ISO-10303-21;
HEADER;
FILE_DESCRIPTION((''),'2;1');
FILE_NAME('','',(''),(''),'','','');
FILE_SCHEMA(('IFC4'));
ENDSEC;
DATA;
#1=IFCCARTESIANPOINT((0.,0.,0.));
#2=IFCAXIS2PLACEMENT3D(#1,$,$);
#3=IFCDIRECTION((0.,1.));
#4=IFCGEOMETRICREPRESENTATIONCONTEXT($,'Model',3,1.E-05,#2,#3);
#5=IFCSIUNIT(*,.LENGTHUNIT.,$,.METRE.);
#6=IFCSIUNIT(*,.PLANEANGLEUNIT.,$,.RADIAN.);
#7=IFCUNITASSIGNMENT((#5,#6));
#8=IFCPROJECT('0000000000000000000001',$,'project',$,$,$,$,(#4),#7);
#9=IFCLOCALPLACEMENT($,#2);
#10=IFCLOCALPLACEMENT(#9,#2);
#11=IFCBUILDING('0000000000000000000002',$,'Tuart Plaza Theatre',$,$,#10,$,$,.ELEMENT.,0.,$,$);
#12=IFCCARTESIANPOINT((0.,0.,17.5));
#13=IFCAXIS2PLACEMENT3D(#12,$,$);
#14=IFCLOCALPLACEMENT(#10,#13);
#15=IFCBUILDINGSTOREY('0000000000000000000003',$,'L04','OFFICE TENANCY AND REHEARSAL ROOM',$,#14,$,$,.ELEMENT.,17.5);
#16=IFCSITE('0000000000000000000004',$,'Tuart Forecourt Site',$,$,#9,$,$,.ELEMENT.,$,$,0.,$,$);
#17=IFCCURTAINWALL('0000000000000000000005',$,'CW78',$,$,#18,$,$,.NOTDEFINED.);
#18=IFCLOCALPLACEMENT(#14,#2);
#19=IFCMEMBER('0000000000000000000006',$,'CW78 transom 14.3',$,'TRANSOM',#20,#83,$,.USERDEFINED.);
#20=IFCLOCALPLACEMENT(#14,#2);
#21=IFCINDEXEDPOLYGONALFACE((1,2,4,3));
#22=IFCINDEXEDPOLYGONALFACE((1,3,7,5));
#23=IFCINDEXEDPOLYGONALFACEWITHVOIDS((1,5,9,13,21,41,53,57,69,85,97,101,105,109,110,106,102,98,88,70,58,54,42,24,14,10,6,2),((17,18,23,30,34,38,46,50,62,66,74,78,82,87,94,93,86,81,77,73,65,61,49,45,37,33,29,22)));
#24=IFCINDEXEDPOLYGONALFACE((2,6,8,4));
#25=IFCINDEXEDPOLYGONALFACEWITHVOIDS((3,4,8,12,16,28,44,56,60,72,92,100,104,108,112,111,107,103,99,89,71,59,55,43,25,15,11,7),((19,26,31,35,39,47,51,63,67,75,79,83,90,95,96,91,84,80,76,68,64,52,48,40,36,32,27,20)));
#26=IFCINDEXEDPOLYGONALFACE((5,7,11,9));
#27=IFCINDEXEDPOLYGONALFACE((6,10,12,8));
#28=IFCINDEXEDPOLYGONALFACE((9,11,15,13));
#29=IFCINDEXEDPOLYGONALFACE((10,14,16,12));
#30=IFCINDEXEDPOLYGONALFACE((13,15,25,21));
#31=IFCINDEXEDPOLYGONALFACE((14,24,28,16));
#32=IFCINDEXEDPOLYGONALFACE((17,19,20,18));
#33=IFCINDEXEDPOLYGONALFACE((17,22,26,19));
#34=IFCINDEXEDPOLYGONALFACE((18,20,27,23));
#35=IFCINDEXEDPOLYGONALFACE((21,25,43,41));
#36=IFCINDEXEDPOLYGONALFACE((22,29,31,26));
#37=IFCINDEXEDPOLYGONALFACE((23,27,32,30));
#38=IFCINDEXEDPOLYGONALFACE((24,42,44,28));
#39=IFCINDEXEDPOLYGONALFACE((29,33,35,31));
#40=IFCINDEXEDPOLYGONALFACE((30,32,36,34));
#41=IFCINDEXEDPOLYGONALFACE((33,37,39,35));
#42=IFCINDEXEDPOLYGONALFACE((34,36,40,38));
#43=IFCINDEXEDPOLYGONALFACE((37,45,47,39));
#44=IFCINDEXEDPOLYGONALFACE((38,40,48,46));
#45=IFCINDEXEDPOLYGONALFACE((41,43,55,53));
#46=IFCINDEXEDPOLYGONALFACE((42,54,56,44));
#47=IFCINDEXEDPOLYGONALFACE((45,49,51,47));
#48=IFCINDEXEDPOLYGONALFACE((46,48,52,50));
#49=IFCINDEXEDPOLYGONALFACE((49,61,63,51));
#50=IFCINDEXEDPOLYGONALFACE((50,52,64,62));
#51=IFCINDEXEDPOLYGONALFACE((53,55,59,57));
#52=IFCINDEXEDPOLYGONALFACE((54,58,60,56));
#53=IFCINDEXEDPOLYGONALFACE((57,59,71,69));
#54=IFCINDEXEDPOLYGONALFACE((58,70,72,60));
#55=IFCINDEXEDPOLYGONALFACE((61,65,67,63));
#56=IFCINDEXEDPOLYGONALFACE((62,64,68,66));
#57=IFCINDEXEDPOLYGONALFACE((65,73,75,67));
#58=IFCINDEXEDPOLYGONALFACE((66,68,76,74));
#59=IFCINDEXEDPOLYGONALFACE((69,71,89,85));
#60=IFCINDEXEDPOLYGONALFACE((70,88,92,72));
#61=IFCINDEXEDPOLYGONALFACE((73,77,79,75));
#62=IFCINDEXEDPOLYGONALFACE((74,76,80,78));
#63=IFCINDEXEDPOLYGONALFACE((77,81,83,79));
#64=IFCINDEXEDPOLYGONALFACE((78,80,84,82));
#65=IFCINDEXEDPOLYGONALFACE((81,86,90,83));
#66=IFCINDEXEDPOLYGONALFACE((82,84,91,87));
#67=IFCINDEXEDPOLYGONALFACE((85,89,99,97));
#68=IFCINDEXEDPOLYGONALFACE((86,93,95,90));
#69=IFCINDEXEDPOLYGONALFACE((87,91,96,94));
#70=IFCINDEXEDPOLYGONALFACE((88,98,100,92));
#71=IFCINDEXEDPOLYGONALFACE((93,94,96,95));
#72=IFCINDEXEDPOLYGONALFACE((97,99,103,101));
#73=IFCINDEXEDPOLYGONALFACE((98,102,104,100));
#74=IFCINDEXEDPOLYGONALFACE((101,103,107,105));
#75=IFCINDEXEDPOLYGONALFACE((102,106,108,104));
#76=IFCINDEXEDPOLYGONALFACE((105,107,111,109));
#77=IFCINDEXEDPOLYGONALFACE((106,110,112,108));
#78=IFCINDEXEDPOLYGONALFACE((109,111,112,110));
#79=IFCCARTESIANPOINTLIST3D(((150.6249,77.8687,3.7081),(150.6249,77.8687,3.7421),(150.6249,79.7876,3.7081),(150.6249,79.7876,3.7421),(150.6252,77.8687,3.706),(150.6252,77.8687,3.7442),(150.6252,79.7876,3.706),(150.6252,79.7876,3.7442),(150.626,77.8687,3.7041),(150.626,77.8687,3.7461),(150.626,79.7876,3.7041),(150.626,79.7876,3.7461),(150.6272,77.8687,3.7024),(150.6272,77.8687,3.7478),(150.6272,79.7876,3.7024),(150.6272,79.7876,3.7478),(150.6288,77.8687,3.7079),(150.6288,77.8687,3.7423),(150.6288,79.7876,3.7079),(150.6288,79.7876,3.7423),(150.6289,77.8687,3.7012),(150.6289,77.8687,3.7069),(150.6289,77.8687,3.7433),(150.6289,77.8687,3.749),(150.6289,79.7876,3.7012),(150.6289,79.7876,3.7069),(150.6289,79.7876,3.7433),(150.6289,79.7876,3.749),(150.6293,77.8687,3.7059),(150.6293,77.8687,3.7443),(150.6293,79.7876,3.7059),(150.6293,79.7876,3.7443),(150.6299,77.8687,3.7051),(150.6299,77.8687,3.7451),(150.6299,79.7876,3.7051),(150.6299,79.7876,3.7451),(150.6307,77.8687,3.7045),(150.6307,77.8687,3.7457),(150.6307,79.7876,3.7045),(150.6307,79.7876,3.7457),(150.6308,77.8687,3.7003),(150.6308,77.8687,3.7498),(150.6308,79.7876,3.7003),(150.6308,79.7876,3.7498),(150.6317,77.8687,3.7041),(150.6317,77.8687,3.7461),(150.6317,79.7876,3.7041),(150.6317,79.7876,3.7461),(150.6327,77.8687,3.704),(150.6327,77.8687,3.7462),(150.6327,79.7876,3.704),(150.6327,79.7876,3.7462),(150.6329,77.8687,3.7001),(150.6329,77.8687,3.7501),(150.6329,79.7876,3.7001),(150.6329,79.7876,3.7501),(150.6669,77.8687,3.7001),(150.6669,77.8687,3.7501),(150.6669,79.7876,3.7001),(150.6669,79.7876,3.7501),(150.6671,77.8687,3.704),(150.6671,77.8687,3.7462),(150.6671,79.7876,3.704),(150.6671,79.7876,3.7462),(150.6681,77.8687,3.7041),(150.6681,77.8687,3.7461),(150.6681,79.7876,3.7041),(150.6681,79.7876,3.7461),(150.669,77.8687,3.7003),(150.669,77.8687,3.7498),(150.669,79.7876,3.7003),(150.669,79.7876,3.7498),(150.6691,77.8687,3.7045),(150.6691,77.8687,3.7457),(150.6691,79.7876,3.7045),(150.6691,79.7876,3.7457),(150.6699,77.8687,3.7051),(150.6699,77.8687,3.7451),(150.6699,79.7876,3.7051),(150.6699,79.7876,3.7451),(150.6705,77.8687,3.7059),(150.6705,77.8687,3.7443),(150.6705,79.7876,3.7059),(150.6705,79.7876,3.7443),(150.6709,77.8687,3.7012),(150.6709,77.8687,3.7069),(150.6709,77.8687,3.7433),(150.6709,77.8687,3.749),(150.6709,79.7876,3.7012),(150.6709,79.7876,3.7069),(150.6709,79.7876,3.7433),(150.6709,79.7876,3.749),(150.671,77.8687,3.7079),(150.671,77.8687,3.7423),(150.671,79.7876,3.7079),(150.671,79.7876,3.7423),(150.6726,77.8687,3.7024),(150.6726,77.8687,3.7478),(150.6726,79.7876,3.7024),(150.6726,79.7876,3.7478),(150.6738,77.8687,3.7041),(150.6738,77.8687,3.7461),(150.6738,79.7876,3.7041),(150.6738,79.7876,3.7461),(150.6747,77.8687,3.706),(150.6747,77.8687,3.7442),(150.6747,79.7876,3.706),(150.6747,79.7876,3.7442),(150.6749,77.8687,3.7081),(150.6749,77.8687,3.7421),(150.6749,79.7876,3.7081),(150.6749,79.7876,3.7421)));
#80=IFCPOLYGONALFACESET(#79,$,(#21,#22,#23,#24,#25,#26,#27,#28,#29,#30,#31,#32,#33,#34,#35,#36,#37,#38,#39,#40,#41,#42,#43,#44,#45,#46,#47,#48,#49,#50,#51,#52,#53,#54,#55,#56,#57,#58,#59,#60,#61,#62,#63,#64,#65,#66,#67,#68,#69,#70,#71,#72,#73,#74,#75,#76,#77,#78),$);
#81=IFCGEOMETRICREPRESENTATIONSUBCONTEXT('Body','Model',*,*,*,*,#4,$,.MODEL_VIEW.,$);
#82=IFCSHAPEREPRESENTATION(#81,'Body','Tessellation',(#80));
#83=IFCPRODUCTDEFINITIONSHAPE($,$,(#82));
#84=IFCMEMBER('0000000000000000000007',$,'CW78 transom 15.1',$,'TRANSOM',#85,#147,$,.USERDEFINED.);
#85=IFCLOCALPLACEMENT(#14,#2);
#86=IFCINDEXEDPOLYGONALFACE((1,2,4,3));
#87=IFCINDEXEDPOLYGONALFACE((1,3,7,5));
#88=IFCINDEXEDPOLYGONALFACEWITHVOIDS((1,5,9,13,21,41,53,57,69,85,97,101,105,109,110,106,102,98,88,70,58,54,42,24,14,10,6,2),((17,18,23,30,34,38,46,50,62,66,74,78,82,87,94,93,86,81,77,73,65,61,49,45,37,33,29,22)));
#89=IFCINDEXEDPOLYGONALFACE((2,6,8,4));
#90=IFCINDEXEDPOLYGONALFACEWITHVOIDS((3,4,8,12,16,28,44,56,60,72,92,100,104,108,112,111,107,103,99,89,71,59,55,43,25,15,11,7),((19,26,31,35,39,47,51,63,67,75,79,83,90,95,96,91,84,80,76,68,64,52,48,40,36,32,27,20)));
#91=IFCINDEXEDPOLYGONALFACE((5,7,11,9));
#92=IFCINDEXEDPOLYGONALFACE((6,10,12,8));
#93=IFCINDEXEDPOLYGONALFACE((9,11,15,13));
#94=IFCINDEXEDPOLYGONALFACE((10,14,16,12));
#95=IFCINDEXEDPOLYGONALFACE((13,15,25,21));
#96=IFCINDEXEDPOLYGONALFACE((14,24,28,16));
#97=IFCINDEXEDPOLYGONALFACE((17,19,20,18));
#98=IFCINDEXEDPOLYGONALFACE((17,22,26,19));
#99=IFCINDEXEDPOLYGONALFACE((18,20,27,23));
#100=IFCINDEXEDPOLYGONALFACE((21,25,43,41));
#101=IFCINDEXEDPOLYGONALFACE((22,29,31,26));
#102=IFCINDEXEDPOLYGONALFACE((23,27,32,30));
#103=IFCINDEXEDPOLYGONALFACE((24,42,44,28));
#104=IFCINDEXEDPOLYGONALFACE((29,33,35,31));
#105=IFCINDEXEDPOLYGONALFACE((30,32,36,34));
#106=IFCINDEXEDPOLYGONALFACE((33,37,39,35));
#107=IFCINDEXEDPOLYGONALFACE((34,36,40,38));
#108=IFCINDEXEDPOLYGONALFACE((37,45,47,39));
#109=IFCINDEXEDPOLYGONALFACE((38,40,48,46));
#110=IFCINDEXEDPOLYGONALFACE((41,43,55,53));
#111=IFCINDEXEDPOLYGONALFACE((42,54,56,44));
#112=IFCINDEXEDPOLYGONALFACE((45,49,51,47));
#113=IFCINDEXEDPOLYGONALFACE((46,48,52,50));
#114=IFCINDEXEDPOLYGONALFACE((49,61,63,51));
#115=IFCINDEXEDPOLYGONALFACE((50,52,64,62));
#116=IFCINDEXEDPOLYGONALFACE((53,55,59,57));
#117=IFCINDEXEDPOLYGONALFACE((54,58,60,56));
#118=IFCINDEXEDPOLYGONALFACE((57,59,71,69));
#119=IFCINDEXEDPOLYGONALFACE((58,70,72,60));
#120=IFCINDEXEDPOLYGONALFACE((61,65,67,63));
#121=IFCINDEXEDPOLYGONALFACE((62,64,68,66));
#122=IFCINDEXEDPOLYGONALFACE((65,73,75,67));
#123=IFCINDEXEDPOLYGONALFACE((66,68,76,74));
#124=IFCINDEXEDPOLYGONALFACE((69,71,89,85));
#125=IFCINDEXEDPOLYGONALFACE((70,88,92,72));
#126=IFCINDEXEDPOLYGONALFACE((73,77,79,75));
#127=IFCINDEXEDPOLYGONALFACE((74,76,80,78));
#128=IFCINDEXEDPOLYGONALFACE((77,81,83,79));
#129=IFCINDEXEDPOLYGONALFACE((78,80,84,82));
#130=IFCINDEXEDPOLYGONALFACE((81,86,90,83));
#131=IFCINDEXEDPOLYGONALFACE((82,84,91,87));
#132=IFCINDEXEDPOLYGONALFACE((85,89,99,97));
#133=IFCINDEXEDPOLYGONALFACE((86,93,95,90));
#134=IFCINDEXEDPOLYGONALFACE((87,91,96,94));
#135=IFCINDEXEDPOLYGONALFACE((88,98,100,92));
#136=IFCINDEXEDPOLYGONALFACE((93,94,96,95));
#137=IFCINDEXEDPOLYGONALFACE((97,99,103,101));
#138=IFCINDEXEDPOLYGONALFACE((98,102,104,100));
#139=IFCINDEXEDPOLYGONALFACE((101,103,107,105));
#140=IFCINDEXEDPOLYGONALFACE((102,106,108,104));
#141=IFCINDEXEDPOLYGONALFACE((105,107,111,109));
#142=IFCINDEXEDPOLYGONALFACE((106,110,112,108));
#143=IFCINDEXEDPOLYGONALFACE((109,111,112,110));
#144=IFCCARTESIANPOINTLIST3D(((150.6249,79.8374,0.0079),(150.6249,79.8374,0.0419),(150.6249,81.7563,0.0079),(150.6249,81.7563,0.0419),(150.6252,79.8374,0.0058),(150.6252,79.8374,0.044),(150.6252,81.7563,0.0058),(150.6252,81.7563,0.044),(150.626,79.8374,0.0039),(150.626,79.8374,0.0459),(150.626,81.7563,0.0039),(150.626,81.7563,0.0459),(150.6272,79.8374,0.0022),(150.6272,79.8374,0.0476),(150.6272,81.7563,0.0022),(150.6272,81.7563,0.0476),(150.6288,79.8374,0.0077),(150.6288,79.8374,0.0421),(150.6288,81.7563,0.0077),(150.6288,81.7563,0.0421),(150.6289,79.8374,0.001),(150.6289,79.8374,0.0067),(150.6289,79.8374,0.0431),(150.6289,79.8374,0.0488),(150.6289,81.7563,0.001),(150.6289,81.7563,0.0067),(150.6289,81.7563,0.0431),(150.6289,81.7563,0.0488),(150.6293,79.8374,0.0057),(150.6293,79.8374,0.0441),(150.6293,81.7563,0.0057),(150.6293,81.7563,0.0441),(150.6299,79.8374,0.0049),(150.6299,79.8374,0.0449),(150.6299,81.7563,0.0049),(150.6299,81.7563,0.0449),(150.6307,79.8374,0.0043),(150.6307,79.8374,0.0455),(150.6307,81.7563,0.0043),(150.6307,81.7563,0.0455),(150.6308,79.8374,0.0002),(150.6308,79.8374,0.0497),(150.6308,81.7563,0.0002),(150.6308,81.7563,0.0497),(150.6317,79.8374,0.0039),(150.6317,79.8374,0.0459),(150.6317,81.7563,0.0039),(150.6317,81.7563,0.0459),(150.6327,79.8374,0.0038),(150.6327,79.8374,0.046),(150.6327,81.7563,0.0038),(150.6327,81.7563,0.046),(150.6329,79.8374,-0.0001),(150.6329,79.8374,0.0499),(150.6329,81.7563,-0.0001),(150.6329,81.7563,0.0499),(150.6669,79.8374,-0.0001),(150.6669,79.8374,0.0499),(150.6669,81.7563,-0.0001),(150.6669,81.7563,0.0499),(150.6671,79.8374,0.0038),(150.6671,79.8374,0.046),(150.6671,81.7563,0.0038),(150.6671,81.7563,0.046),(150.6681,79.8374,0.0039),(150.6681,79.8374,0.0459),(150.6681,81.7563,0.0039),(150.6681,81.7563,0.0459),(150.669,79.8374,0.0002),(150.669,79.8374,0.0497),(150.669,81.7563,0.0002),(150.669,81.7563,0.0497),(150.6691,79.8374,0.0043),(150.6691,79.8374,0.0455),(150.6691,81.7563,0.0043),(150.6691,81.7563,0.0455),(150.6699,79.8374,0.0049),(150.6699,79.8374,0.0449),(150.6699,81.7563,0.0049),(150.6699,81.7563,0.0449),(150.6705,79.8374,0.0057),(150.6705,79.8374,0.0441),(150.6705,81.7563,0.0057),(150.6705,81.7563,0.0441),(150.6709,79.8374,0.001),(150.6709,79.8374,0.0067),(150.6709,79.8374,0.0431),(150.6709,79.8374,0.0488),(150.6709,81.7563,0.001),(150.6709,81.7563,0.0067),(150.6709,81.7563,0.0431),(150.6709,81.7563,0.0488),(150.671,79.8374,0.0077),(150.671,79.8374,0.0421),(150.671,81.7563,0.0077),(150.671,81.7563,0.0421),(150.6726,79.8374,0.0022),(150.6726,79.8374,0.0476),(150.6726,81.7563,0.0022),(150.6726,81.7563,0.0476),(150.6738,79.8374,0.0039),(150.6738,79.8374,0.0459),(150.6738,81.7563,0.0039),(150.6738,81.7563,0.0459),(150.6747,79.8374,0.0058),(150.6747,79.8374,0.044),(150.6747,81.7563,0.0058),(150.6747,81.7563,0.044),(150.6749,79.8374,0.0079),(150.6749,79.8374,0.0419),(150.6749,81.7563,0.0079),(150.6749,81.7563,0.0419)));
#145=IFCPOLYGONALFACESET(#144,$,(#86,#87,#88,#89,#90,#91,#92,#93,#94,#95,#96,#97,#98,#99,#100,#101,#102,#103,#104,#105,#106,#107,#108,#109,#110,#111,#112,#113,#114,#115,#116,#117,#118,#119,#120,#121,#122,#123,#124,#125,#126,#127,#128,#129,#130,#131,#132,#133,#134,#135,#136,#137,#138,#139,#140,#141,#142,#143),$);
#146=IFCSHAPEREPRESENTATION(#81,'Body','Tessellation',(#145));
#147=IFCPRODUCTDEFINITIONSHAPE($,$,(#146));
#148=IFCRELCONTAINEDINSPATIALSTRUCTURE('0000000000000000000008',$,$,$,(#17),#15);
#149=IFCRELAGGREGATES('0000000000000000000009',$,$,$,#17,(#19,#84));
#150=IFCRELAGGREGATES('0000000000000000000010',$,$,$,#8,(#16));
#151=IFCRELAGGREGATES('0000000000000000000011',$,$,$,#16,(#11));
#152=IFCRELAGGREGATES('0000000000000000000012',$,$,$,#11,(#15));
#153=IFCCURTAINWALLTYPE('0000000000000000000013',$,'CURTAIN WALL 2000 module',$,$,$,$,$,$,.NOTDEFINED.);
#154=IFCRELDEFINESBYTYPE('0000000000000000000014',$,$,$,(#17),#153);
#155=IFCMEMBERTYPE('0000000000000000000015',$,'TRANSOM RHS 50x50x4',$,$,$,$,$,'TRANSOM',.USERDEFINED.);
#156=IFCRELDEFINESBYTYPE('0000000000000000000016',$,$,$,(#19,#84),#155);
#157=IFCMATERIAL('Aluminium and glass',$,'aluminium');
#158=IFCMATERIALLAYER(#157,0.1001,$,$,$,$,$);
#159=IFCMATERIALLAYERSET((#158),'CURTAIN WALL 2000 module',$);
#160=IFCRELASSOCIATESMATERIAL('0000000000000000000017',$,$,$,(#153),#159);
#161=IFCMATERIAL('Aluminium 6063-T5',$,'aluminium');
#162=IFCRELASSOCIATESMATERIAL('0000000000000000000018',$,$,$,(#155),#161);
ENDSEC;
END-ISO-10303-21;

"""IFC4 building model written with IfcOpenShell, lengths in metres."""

from ifc_helpers import new_model, si_unit, direction, frame, origin, origin_2d, place, context, subcontext, project, spatial, hollow_rectangle, extrude, material, layer, layer_set, material_profile, profile_set, type_object, element, aggregate, save


model = new_model("IFC4")

# Units and contexts
model_context = context("Model", 3, precision=1e-05, world=origin(), true_north=direction((0.0, 1.0)))
body_context = subcontext(model_context, "Body", "Model", "MODEL_VIEW")
ifc_project = project(units=[si_unit("LENGTHUNIT", "METRE"), si_unit("PLANEANGLEUNIT", "RADIAN")], contexts=[model_context])

# Site, building, storey
site_placement = place(None, origin())
site = spatial("IfcSite", under=ifc_project, at=site_placement, Name="Tuart Forecourt Site", CompositionType="ELEMENT", RefElevation=0.0)
building_placement = place(site_placement, origin())
building = spatial("IfcBuilding", under=site, at=building_placement, Name="Tuart Plaza Theatre", CompositionType="ELEMENT", ElevationOfRefHeight=0.0)
storey_placement = place(building_placement, frame((0.0, 0.0, 17.5)))
storey = spatial("IfcBuildingStorey", under=building, at=storey_placement, Name="L04", Description="OFFICE TENANCY AND REHEARSAL ROOM", CompositionType="ELEMENT", Elevation=17.5)

# Curtain wall
ifc_material_1 = material(Name="Aluminium and glass", Category="aluminium")
ifc_layer_1 = layer(ifc_material_1, 0.1001)
ifc_layer_set_1 = layer_set([ifc_layer_1], Name="CURTAIN WALL 2000 module")
curtain_wall_type = type_object("IfcCurtainWallType", Name="CURTAIN WALL 2000 module", PredefinedType="NOTDEFINED", material=ifc_layer_set_1)
curtain_wall_1_placement = place(storey_placement, origin())
curtain_wall_1 = element("IfcCurtainWall", 1, at=curtain_wall_1_placement, inside=storey, type_object=curtain_wall_type, Name="CW78", PredefinedType="NOTDEFINED")

# Members
ifc_material_2 = material(Name="Aluminium 6063-T5", Category="aluminium")
ifc_material_profile_1 = material_profile(ifc_material_2, hollow_rectangle(XDim=0.05, YDim=0.05, WallThickness=0.0039, InnerFilletRadius=0.0039, OuterFilletRadius=0.0081, at=origin_2d()), Name="RHS 50x50x4")
ifc_profile_set_1 = profile_set([ifc_material_profile_1], Name="Aluminium 6063-T5")
member_type_1 = type_object("IfcMemberType", Name="TRANSOM RHS 50x50x4", ElementType="TRANSOM", PredefinedType="USERDEFINED", material=ifc_profile_set_1)
member_1_placement = place(storey_placement, frame((150.6499, 77.8687, 3.7251), z_axis=(0.0, 1.0, 0.0), x_axis=(-1.0, 0.0, 0.0)))
member_1 = element("IfcMember", 2, at=member_1_placement, type_object=member_type_1, Name="CW78 transom 14.3", ObjectType="TRANSOM", PredefinedType="USERDEFINED", context=body_context, shape_type="SweptSolid", body=[
    extrude(hollow_rectangle(XDim=0.05, YDim=0.05, WallThickness=0.0039, InnerFilletRadius=0.0039, OuterFilletRadius=0.0081, at=origin_2d()), origin(), (0.0, 0.0, 1.0), 1.9189),
])
member_2_placement = place(storey_placement, frame((150.6499, 79.8374, 0.0249), z_axis=(0.0, 1.0, 0.0), x_axis=(-1.0, 0.0, 0.0)))
member_2 = element("IfcMember", 3, at=member_2_placement, type_object=member_type_1, Name="CW78 transom 15.1", ObjectType="TRANSOM", PredefinedType="USERDEFINED", context=body_context, shape_type="SweptSolid", body=[
    extrude(hollow_rectangle(XDim=0.05, YDim=0.05, WallThickness=0.0039, InnerFilletRadius=0.0039, OuterFilletRadius=0.0081, at=origin_2d()), origin(), (0.0, 0.0, 1.0), 1.9189),
])

aggregate(curtain_wall_1, [member_1, member_2])

save(model, "model.ifc")
